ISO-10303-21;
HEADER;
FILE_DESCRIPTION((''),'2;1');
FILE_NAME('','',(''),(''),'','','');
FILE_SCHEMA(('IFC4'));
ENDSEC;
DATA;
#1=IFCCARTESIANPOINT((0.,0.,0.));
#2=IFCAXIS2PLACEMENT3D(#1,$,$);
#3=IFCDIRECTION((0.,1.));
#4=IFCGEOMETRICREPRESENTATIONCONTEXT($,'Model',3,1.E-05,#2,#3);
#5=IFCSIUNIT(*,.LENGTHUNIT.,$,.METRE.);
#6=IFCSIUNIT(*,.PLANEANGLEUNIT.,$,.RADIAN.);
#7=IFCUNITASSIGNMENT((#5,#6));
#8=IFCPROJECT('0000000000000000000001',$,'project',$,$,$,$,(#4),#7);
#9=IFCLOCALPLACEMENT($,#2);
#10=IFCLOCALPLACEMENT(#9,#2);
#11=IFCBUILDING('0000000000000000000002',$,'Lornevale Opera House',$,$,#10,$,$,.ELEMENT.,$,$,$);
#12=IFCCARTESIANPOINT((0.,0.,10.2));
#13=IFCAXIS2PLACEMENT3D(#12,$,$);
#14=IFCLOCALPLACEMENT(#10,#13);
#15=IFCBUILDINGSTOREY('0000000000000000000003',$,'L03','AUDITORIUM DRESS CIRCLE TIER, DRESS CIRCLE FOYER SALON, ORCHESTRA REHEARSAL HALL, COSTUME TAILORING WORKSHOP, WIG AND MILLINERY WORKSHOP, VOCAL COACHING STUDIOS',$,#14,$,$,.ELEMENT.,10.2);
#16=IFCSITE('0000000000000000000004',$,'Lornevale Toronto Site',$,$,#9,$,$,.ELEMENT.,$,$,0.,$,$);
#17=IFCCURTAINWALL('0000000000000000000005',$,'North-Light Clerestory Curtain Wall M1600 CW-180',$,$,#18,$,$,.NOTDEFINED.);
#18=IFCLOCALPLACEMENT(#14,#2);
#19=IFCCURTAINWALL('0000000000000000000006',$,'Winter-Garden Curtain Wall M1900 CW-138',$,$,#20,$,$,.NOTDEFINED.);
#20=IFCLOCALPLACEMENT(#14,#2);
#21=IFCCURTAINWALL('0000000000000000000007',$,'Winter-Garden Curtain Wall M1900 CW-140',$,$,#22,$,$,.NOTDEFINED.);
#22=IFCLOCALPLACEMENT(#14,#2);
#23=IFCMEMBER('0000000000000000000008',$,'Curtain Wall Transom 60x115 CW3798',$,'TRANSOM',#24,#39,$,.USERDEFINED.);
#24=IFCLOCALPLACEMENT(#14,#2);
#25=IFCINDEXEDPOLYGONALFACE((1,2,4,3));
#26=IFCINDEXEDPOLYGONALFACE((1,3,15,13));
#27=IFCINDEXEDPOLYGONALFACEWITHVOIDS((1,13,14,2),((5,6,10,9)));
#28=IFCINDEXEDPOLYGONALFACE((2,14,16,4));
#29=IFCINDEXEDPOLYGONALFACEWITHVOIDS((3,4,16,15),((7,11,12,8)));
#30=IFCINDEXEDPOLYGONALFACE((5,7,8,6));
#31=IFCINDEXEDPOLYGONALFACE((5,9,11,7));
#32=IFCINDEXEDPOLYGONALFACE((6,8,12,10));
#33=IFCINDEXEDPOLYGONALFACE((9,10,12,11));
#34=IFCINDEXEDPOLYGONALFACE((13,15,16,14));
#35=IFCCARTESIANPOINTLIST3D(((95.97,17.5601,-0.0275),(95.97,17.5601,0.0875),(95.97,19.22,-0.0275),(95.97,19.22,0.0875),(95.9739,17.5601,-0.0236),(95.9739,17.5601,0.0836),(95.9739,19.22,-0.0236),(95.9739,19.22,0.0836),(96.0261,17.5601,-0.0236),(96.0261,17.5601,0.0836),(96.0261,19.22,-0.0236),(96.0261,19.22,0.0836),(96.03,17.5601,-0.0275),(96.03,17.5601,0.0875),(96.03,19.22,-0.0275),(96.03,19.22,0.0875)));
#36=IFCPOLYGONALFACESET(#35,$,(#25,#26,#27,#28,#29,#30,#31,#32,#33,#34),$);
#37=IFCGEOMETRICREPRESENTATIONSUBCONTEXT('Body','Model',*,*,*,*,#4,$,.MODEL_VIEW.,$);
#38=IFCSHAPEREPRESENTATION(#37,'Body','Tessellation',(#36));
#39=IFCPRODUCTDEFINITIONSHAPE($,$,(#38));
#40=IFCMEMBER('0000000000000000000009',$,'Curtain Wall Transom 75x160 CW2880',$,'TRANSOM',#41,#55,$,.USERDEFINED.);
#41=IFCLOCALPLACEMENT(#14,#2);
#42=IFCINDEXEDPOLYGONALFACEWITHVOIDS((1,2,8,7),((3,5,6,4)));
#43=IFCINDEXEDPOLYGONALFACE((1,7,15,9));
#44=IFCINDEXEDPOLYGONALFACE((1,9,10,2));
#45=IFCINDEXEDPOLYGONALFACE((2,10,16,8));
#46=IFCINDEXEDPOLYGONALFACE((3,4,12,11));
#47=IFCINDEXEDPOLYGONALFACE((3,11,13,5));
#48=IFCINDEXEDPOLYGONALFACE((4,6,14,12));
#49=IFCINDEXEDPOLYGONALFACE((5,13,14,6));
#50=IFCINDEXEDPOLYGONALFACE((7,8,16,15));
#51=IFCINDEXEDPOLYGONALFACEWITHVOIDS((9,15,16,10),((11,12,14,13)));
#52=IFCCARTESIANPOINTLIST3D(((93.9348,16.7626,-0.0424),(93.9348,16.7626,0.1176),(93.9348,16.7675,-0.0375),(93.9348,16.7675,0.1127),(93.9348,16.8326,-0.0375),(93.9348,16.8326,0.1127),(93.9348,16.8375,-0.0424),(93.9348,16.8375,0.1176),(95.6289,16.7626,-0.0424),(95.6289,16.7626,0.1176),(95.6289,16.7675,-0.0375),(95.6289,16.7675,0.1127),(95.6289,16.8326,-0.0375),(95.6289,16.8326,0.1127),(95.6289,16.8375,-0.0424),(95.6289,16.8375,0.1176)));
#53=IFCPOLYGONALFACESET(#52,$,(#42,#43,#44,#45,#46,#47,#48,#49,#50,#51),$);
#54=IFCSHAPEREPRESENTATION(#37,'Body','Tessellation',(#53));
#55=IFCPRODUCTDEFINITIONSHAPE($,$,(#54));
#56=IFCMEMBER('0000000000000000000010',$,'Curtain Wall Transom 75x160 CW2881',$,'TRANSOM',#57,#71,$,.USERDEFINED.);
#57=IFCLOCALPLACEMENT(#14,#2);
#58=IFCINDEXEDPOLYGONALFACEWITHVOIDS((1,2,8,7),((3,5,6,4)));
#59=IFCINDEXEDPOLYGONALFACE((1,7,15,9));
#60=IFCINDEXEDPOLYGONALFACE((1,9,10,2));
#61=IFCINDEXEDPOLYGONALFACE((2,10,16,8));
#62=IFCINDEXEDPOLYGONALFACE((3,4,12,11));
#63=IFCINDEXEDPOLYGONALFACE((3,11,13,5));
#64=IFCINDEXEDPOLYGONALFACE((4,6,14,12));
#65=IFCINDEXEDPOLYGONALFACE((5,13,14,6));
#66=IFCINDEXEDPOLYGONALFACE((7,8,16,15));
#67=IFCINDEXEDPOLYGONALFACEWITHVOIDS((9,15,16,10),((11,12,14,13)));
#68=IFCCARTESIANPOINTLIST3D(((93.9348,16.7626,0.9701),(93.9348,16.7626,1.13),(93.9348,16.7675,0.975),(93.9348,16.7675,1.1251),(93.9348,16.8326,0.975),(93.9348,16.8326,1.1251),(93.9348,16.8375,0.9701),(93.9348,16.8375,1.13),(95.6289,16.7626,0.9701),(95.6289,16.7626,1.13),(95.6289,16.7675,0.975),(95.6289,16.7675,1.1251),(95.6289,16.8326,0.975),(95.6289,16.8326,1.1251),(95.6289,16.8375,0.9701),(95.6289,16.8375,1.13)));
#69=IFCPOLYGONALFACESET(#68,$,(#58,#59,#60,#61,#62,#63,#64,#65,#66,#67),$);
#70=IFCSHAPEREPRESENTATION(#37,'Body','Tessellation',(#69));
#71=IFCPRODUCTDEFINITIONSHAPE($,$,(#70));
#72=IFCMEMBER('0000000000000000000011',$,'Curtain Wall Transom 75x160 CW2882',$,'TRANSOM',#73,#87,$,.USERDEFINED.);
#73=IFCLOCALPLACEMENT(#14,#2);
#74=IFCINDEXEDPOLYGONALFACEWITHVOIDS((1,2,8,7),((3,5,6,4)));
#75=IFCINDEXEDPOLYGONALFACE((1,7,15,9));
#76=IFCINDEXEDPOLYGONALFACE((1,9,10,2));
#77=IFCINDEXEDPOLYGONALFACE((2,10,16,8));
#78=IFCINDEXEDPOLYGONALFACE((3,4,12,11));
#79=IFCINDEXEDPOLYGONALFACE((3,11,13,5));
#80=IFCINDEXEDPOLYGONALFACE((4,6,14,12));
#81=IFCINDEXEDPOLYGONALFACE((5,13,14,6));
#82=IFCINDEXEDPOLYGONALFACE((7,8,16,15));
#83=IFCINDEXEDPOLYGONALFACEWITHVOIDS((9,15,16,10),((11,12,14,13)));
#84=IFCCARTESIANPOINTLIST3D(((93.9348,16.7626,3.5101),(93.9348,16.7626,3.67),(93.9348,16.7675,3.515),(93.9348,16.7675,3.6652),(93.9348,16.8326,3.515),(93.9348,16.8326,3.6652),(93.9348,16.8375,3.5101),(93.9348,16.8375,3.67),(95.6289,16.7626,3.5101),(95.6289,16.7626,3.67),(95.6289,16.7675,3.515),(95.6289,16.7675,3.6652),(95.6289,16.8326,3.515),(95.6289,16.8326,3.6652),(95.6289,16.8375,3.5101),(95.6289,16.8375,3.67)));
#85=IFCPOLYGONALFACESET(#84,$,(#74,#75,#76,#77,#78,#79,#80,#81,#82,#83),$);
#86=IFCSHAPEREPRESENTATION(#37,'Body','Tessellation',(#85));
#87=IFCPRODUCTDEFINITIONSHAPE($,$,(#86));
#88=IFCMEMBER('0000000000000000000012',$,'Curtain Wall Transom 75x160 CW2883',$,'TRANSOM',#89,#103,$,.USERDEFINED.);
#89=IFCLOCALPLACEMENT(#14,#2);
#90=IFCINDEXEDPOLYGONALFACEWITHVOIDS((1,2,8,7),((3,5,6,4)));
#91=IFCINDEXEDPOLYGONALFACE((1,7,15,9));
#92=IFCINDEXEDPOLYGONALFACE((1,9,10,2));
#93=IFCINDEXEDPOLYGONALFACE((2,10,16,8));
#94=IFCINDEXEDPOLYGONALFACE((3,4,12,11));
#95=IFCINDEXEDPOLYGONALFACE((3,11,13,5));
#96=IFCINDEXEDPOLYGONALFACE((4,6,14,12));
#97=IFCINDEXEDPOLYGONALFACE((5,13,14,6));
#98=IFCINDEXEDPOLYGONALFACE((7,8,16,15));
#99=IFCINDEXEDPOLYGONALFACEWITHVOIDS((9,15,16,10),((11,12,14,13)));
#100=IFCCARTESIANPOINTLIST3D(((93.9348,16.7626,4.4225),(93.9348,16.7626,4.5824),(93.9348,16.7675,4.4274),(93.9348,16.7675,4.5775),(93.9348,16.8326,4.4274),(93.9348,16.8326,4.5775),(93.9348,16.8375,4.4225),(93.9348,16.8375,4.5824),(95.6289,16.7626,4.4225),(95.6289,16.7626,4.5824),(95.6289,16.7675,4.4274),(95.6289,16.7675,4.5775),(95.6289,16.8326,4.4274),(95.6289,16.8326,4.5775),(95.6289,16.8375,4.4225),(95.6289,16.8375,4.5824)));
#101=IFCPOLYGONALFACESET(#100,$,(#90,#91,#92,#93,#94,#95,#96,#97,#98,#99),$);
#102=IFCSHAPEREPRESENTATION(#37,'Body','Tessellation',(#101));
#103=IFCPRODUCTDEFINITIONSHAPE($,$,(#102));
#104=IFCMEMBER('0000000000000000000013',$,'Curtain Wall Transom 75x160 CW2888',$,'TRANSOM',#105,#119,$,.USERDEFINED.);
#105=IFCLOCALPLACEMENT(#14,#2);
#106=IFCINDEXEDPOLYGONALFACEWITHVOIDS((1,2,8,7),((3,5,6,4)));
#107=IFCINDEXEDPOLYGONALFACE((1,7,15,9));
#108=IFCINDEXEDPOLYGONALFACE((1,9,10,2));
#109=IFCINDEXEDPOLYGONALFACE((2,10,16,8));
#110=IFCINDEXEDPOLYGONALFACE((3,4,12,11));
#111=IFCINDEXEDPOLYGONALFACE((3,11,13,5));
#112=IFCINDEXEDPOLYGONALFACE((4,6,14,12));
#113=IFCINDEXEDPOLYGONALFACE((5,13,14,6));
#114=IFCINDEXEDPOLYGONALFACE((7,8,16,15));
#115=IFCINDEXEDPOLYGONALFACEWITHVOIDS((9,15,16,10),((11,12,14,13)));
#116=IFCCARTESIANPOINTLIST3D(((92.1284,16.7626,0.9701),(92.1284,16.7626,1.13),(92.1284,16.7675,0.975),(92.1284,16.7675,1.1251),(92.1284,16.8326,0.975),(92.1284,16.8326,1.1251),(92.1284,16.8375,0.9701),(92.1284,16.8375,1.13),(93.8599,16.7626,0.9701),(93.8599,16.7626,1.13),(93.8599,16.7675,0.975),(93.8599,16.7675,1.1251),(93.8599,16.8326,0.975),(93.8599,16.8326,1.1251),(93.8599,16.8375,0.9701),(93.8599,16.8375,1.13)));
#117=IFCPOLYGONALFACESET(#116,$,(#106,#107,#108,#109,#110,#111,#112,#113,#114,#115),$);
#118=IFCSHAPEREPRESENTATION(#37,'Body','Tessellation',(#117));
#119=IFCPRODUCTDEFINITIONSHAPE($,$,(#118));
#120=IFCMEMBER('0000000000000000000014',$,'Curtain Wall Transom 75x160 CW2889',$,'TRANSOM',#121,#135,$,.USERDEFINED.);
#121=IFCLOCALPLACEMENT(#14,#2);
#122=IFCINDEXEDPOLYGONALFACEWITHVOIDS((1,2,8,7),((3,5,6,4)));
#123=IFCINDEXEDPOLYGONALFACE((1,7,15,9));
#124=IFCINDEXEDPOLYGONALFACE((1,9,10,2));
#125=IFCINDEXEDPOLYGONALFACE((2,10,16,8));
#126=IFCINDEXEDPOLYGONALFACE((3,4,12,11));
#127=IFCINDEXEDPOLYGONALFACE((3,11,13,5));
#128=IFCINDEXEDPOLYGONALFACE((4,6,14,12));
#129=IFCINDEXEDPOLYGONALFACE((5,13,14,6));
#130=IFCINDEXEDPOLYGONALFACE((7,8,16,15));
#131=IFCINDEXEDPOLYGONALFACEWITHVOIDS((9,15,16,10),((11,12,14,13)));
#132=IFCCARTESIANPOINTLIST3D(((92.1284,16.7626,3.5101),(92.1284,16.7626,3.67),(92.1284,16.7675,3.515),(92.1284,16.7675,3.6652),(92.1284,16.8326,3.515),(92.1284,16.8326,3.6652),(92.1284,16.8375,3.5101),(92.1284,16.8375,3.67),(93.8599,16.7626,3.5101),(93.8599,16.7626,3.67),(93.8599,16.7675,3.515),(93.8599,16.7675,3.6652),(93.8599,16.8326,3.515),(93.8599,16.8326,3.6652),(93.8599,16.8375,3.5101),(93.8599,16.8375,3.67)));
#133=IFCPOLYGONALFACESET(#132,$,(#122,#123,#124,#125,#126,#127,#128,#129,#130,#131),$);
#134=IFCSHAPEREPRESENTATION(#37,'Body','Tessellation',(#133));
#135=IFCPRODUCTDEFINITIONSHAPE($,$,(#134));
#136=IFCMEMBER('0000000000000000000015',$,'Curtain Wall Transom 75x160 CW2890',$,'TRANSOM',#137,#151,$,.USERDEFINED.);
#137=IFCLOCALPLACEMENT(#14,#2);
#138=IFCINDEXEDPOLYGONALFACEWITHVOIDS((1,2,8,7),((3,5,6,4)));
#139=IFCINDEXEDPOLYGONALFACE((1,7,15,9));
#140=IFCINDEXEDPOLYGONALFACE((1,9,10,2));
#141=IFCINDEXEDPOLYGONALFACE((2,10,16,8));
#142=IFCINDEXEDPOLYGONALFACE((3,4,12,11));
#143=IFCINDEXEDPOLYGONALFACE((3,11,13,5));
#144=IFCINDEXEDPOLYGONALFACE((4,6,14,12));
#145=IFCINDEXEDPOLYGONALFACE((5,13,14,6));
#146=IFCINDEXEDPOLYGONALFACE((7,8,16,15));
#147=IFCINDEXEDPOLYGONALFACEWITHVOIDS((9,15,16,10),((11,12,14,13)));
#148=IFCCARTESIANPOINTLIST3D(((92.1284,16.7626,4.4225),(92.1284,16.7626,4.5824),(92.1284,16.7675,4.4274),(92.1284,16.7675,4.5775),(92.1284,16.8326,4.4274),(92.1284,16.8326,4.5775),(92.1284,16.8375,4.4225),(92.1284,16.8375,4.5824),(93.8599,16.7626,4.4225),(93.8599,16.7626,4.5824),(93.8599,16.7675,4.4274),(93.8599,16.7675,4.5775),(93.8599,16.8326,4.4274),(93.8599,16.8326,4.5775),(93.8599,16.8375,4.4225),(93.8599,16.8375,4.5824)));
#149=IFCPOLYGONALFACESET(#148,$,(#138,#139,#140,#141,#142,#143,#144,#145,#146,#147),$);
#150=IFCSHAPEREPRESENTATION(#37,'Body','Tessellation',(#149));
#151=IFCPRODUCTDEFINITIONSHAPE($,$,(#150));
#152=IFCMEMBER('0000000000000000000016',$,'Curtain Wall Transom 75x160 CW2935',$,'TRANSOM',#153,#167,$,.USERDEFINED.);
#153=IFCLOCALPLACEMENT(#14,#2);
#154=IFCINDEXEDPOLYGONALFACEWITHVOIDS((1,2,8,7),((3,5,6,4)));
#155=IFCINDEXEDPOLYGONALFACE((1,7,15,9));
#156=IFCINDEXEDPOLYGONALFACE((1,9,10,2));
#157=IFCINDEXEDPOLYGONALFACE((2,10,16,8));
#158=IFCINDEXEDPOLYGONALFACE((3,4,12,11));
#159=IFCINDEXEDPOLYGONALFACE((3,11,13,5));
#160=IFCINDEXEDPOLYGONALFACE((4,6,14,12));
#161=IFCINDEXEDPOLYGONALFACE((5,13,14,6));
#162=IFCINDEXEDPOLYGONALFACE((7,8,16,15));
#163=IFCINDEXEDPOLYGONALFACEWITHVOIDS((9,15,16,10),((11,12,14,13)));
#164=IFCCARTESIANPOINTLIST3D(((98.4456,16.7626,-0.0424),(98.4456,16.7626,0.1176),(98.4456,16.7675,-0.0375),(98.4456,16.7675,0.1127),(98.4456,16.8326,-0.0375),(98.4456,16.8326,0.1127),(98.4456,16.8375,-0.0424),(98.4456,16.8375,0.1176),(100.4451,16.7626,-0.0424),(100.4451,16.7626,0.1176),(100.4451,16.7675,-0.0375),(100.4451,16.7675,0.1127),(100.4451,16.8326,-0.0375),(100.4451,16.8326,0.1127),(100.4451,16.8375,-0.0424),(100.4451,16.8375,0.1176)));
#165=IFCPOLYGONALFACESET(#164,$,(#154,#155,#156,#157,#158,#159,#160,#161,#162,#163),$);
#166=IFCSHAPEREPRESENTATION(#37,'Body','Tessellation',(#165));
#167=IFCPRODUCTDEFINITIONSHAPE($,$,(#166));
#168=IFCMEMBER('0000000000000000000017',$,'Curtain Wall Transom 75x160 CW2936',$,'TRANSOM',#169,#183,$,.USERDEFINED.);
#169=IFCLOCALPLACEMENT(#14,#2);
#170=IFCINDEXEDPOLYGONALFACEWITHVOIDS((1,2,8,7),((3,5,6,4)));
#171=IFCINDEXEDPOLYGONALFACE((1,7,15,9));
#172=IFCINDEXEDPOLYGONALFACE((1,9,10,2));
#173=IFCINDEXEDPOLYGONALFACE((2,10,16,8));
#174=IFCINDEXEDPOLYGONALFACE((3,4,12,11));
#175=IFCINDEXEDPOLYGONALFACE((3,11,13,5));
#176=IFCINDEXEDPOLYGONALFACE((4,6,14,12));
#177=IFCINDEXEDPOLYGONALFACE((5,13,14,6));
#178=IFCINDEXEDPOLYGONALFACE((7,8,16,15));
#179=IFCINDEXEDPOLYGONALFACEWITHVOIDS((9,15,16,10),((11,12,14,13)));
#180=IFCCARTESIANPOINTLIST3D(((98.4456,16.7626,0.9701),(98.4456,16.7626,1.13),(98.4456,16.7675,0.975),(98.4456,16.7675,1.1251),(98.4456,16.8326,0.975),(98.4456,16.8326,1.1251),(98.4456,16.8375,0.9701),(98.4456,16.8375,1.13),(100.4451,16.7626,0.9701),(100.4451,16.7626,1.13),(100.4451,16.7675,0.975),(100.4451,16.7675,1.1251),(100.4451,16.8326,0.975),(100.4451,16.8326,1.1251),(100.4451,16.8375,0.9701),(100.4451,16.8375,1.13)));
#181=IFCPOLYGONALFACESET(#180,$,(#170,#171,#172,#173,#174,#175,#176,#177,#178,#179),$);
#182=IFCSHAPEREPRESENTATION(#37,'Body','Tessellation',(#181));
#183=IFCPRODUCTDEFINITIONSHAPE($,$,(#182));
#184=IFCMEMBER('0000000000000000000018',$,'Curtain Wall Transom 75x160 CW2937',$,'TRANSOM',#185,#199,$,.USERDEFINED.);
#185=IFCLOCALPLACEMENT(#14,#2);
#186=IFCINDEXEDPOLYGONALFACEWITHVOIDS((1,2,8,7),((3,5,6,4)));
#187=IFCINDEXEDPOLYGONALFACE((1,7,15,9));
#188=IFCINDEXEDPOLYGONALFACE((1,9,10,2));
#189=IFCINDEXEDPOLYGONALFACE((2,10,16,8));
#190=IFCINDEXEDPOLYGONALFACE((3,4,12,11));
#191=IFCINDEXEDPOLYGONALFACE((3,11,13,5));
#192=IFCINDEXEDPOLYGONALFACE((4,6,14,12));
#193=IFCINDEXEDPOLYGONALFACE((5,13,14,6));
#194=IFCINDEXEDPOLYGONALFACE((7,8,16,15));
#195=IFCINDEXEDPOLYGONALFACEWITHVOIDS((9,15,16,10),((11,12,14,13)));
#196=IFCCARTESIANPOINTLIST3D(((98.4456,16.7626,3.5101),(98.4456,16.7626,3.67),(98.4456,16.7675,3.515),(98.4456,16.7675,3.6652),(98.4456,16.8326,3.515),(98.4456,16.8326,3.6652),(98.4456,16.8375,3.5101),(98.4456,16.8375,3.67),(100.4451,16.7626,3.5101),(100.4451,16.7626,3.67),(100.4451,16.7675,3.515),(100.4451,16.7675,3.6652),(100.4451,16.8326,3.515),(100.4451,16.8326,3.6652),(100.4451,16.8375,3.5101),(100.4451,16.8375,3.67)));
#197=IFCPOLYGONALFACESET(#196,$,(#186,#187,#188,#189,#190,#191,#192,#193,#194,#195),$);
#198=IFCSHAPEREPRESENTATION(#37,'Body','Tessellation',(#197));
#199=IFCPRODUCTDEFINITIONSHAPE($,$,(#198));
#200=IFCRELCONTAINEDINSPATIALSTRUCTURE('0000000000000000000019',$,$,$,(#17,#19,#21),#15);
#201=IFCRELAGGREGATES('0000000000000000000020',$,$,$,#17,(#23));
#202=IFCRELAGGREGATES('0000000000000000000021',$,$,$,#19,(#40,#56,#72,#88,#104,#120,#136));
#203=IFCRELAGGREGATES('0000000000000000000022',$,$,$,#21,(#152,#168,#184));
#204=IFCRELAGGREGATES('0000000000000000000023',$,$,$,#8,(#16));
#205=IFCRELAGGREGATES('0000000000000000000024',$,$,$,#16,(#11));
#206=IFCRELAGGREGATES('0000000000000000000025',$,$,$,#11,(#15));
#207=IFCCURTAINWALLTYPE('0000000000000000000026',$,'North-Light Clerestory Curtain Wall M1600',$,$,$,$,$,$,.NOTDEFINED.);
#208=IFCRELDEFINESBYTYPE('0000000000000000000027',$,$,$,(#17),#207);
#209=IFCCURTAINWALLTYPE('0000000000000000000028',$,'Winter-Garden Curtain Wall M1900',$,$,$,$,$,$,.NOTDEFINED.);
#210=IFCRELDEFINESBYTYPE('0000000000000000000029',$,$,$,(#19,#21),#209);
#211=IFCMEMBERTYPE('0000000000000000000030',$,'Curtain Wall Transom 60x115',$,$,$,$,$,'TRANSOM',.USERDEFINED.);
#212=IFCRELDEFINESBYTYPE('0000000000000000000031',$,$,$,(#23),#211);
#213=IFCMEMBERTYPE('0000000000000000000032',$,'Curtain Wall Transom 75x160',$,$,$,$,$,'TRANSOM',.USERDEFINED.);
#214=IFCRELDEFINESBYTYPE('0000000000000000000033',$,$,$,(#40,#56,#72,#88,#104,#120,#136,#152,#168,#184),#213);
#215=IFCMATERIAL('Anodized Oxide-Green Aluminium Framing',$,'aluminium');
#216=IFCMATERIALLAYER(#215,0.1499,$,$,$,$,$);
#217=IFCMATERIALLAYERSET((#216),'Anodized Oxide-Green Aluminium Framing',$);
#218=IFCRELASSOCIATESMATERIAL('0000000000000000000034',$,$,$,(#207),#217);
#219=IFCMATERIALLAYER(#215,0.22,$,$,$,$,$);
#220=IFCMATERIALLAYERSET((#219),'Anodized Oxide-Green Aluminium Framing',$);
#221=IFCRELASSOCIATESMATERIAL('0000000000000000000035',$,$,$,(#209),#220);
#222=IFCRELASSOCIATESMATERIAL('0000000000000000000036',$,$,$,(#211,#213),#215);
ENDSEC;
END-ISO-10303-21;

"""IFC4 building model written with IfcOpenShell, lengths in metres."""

from ifc_helpers import new_model, si_unit, direction, frame, origin, origin_2d, place, context, subcontext, project, spatial, hollow_rectangle, extrude, material, layer, layer_set, material_profile, profile_set, type_object, element, aggregate, save


model = new_model("IFC4")

# Units and contexts
model_context = context("Model", 3, precision=1e-05, world=origin(), true_north=direction((0.0, 1.0)))
body_context = subcontext(model_context, "Body", "Model", "MODEL_VIEW")
ifc_project = project(units=[si_unit("LENGTHUNIT", "METRE"), si_unit("PLANEANGLEUNIT", "RADIAN")], contexts=[model_context])

# Site, building, storey
site_placement = place(None, origin())
site = spatial("IfcSite", under=ifc_project, at=site_placement, Name="Lornevale Toronto Site", CompositionType="ELEMENT", RefElevation=0.0)
building_placement = place(site_placement, origin())
building = spatial("IfcBuilding", under=site, at=building_placement, Name="Lornevale Opera House", CompositionType="ELEMENT")
storey_placement = place(building_placement, frame((0.0, 0.0, 10.2)))
storey = spatial("IfcBuildingStorey", under=building, at=storey_placement, Name="L03", Description="AUDITORIUM DRESS CIRCLE TIER, DRESS CIRCLE FOYER SALON, ORCHESTRA REHEARSAL HALL, COSTUME TAILORING WORKSHOP, WIG AND MILLINERY WORKSHOP, VOCAL COACHING STUDIOS", CompositionType="ELEMENT", Elevation=10.2)

# Curtain wall
ifc_material_1 = material(Name="Anodized Oxide-Green Aluminium Framing", Category="aluminium")
ifc_layer_1 = layer(ifc_material_1, 0.1499)
ifc_layer_set_1 = layer_set([ifc_layer_1], Name="Anodized Oxide-Green Aluminium Framing")
curtain_wall_type_1 = type_object("IfcCurtainWallType", Name="North-Light Clerestory Curtain Wall M1600", PredefinedType="NOTDEFINED", material=ifc_layer_set_1)
curtain_wall_1_placement = place(storey_placement, origin())
curtain_wall_1 = element("IfcCurtainWall", 1, at=curtain_wall_1_placement, inside=storey, type_object=curtain_wall_type_1, Name="North-Light Clerestory Curtain Wall M1600 CW-180", PredefinedType="NOTDEFINED")

# Curtain walls
ifc_layer_2 = layer(ifc_material_1, 0.22)
ifc_layer_set_2 = layer_set([ifc_layer_2], Name="Anodized Oxide-Green Aluminium Framing")
curtain_wall_type_2 = type_object("IfcCurtainWallType", Name="Winter-Garden Curtain Wall M1900", PredefinedType="NOTDEFINED", material=ifc_layer_set_2)
curtain_wall_2_placement = place(storey_placement, origin())
curtain_wall_2 = element("IfcCurtainWall", 2, at=curtain_wall_2_placement, inside=storey, type_object=curtain_wall_type_2, Name="Winter-Garden Curtain Wall M1900 CW-138", PredefinedType="NOTDEFINED")
curtain_wall_3_placement = place(storey_placement, origin())
curtain_wall_3 = element("IfcCurtainWall", 3, at=curtain_wall_3_placement, inside=storey, type_object=curtain_wall_type_2, Name="Winter-Garden Curtain Wall M1900 CW-140", PredefinedType="NOTDEFINED")

# Members
ifc_material_profile_1 = material_profile(ifc_material_1, hollow_rectangle(XDim=0.0601, YDim=0.115, WallThickness=0.0039, at=origin_2d()), Name="ALU60x115x4")
ifc_profile_set_1 = profile_set([ifc_material_profile_1], Name="Anodized Oxide-Green Aluminium Framing")
member_type_1 = type_object("IfcMemberType", Name="Curtain Wall Transom 60x115", ElementType="TRANSOM", PredefinedType="USERDEFINED", material=ifc_profile_set_1)
member_1_placement = place(storey_placement, frame((96.0, 19.22, 0.03), z_axis=(0.0, -1.0, 0.0), x_axis=(1.0, 0.0, 0.0)))
member_1 = element("IfcMember", 4, at=member_1_placement, type_object=member_type_1, Name="Curtain Wall Transom 60x115 CW3798", ObjectType="TRANSOM", PredefinedType="USERDEFINED", context=body_context, shape_type="SweptSolid", body=[
    extrude(hollow_rectangle(XDim=0.0601, YDim=0.115, WallThickness=0.0039, at=origin_2d()), origin(), (0.0, 0.0, 1.0), 1.6599),
])
ifc_material_profile_2 = material_profile(ifc_material_1, hollow_rectangle(XDim=0.075, YDim=0.1599, WallThickness=0.0049, at=origin_2d()), Name="ALU75x160x5")
ifc_profile_set_2 = profile_set([ifc_material_profile_2], Name="Anodized Oxide-Green Aluminium Framing")
member_type_2 = type_object("IfcMemberType", Name="Curtain Wall Transom 75x160", ElementType="TRANSOM", PredefinedType="USERDEFINED", material=ifc_profile_set_2)
member_2_placement = place(storey_placement, frame((95.6289, 16.8, 0.0376), z_axis=(-1.0, 0.0, 0.0), x_axis=(0.0, -1.0, 0.0)))
member_2 = element("IfcMember", 5, at=member_2_placement, type_object=member_type_2, Name="Curtain Wall Transom 75x160 CW2880", ObjectType="TRANSOM", PredefinedType="USERDEFINED", context=body_context, shape_type="SweptSolid", body=[
    extrude(hollow_rectangle(XDim=0.075, YDim=0.1599, WallThickness=0.0049, at=origin_2d()), origin(), (0.0, 0.0, 1.0), 1.6941),
])
member_3_placement = place(storey_placement, frame((95.6289, 16.8, 1.05), z_axis=(-1.0, 0.0, 0.0), x_axis=(0.0, -1.0, 0.0)))
member_3 = element("IfcMember", 6, at=member_3_placement, type_object=member_type_2, Name="Curtain Wall Transom 75x160 CW2881", ObjectType="TRANSOM", PredefinedType="USERDEFINED", context=body_context, shape_type="SweptSolid", body=[
    extrude(hollow_rectangle(XDim=0.075, YDim=0.1599, WallThickness=0.0049, at=origin_2d()), origin(), (0.0, 0.0, 1.0), 1.6941),
])
member_4_placement = place(storey_placement, frame((95.6289, 16.8, 3.5901), z_axis=(-1.0, 0.0, 0.0), x_axis=(0.0, -1.0, 0.0)))
member_4 = element("IfcMember", 7, at=member_4_placement, type_object=member_type_2, Name="Curtain Wall Transom 75x160 CW2882", ObjectType="TRANSOM", PredefinedType="USERDEFINED", context=body_context, shape_type="SweptSolid", body=[
    extrude(hollow_rectangle(XDim=0.075, YDim=0.1599, WallThickness=0.0049, at=origin_2d()), origin(), (0.0, 0.0, 1.0), 1.6941),
])
member_5_placement = place(storey_placement, frame((95.6289, 16.8, 4.5024), z_axis=(-1.0, 0.0, 0.0), x_axis=(0.0, -1.0, 0.0)))
member_5 = element("IfcMember", 8, at=member_5_placement, type_object=member_type_2, Name="Curtain Wall Transom 75x160 CW2883", ObjectType="TRANSOM", PredefinedType="USERDEFINED", context=body_context, shape_type="SweptSolid", body=[
    extrude(hollow_rectangle(XDim=0.075, YDim=0.1599, WallThickness=0.0049, at=origin_2d()), origin(), (0.0, 0.0, 1.0), 1.6941),
])
member_6_placement = place(storey_placement, frame((93.8599, 16.8, 1.05), z_axis=(-1.0, 0.0, 0.0), x_axis=(0.0, -1.0, 0.0)))
member_6 = element("IfcMember", 9, at=member_6_placement, type_object=member_type_2, Name="Curtain Wall Transom 75x160 CW2888", ObjectType="TRANSOM", PredefinedType="USERDEFINED", context=body_context, shape_type="SweptSolid", body=[
    extrude(hollow_rectangle(XDim=0.075, YDim=0.1599, WallThickness=0.0049, at=origin_2d()), origin(), (0.0, 0.0, 1.0), 1.7314),
])
member_7_placement = place(storey_placement, frame((93.8599, 16.8, 3.5901), z_axis=(-1.0, 0.0, 0.0), x_axis=(0.0, -1.0, 0.0)))
member_7 = element("IfcMember", 10, at=member_7_placement, type_object=member_type_2, Name="Curtain Wall Transom 75x160 CW2889", ObjectType="TRANSOM", PredefinedType="USERDEFINED", context=body_context, shape_type="SweptSolid", body=[
    extrude(hollow_rectangle(XDim=0.075, YDim=0.1599, WallThickness=0.0049, at=origin_2d()), origin(), (0.0, 0.0, 1.0), 1.7314),
])
member_8_placement = place(storey_placement, frame((93.8599, 16.8, 4.5024), z_axis=(-1.0, 0.0, 0.0), x_axis=(0.0, -1.0, 0.0)))
member_8 = element("IfcMember", 11, at=member_8_placement, type_object=member_type_2, Name="Curtain Wall Transom 75x160 CW2890", ObjectType="TRANSOM", PredefinedType="USERDEFINED", context=body_context, shape_type="SweptSolid", body=[
    extrude(hollow_rectangle(XDim=0.075, YDim=0.1599, WallThickness=0.0049, at=origin_2d()), origin(), (0.0, 0.0, 1.0), 1.7314),
])
member_9_placement = place(storey_placement, frame((100.4451, 16.8, 0.0376), z_axis=(-1.0, 0.0, 0.0), x_axis=(0.0, -1.0, 0.0)))
member_9 = element("IfcMember", 12, at=member_9_placement, type_object=member_type_2, Name="Curtain Wall Transom 75x160 CW2935", ObjectType="TRANSOM", PredefinedType="USERDEFINED", context=body_context, shape_type="SweptSolid", body=[
    extrude(hollow_rectangle(XDim=0.075, YDim=0.1599, WallThickness=0.0049, at=origin_2d()), origin(), (0.0, 0.0, 1.0), 1.9995),
])
member_10_placement = place(storey_placement, frame((100.4451, 16.8, 1.05), z_axis=(-1.0, 0.0, 0.0), x_axis=(0.0, -1.0, 0.0)))
member_10 = element("IfcMember", 13, at=member_10_placement, type_object=member_type_2, Name="Curtain Wall Transom 75x160 CW2936", ObjectType="TRANSOM", PredefinedType="USERDEFINED", context=body_context, shape_type="SweptSolid", body=[
    extrude(hollow_rectangle(XDim=0.075, YDim=0.1599, WallThickness=0.0049, at=origin_2d()), origin(), (0.0, 0.0, 1.0), 1.9995),
])
member_11_placement = place(storey_placement, frame((100.4451, 16.8, 3.5901), z_axis=(-1.0, 0.0, 0.0), x_axis=(0.0, -1.0, 0.0)))
member_11 = element("IfcMember", 14, at=member_11_placement, type_object=member_type_2, Name="Curtain Wall Transom 75x160 CW2937", ObjectType="TRANSOM", PredefinedType="USERDEFINED", context=body_context, shape_type="SweptSolid", body=[
    extrude(hollow_rectangle(XDim=0.075, YDim=0.1599, WallThickness=0.0049, at=origin_2d()), origin(), (0.0, 0.0, 1.0), 1.9995),
])

aggregate(curtain_wall_1, [member_1])
aggregate(curtain_wall_2, [member_2, member_3, member_4, member_5, member_6, member_7, member_8])
aggregate(curtain_wall_3, [member_9, member_10, member_11])

save(model, "model.ifc")
